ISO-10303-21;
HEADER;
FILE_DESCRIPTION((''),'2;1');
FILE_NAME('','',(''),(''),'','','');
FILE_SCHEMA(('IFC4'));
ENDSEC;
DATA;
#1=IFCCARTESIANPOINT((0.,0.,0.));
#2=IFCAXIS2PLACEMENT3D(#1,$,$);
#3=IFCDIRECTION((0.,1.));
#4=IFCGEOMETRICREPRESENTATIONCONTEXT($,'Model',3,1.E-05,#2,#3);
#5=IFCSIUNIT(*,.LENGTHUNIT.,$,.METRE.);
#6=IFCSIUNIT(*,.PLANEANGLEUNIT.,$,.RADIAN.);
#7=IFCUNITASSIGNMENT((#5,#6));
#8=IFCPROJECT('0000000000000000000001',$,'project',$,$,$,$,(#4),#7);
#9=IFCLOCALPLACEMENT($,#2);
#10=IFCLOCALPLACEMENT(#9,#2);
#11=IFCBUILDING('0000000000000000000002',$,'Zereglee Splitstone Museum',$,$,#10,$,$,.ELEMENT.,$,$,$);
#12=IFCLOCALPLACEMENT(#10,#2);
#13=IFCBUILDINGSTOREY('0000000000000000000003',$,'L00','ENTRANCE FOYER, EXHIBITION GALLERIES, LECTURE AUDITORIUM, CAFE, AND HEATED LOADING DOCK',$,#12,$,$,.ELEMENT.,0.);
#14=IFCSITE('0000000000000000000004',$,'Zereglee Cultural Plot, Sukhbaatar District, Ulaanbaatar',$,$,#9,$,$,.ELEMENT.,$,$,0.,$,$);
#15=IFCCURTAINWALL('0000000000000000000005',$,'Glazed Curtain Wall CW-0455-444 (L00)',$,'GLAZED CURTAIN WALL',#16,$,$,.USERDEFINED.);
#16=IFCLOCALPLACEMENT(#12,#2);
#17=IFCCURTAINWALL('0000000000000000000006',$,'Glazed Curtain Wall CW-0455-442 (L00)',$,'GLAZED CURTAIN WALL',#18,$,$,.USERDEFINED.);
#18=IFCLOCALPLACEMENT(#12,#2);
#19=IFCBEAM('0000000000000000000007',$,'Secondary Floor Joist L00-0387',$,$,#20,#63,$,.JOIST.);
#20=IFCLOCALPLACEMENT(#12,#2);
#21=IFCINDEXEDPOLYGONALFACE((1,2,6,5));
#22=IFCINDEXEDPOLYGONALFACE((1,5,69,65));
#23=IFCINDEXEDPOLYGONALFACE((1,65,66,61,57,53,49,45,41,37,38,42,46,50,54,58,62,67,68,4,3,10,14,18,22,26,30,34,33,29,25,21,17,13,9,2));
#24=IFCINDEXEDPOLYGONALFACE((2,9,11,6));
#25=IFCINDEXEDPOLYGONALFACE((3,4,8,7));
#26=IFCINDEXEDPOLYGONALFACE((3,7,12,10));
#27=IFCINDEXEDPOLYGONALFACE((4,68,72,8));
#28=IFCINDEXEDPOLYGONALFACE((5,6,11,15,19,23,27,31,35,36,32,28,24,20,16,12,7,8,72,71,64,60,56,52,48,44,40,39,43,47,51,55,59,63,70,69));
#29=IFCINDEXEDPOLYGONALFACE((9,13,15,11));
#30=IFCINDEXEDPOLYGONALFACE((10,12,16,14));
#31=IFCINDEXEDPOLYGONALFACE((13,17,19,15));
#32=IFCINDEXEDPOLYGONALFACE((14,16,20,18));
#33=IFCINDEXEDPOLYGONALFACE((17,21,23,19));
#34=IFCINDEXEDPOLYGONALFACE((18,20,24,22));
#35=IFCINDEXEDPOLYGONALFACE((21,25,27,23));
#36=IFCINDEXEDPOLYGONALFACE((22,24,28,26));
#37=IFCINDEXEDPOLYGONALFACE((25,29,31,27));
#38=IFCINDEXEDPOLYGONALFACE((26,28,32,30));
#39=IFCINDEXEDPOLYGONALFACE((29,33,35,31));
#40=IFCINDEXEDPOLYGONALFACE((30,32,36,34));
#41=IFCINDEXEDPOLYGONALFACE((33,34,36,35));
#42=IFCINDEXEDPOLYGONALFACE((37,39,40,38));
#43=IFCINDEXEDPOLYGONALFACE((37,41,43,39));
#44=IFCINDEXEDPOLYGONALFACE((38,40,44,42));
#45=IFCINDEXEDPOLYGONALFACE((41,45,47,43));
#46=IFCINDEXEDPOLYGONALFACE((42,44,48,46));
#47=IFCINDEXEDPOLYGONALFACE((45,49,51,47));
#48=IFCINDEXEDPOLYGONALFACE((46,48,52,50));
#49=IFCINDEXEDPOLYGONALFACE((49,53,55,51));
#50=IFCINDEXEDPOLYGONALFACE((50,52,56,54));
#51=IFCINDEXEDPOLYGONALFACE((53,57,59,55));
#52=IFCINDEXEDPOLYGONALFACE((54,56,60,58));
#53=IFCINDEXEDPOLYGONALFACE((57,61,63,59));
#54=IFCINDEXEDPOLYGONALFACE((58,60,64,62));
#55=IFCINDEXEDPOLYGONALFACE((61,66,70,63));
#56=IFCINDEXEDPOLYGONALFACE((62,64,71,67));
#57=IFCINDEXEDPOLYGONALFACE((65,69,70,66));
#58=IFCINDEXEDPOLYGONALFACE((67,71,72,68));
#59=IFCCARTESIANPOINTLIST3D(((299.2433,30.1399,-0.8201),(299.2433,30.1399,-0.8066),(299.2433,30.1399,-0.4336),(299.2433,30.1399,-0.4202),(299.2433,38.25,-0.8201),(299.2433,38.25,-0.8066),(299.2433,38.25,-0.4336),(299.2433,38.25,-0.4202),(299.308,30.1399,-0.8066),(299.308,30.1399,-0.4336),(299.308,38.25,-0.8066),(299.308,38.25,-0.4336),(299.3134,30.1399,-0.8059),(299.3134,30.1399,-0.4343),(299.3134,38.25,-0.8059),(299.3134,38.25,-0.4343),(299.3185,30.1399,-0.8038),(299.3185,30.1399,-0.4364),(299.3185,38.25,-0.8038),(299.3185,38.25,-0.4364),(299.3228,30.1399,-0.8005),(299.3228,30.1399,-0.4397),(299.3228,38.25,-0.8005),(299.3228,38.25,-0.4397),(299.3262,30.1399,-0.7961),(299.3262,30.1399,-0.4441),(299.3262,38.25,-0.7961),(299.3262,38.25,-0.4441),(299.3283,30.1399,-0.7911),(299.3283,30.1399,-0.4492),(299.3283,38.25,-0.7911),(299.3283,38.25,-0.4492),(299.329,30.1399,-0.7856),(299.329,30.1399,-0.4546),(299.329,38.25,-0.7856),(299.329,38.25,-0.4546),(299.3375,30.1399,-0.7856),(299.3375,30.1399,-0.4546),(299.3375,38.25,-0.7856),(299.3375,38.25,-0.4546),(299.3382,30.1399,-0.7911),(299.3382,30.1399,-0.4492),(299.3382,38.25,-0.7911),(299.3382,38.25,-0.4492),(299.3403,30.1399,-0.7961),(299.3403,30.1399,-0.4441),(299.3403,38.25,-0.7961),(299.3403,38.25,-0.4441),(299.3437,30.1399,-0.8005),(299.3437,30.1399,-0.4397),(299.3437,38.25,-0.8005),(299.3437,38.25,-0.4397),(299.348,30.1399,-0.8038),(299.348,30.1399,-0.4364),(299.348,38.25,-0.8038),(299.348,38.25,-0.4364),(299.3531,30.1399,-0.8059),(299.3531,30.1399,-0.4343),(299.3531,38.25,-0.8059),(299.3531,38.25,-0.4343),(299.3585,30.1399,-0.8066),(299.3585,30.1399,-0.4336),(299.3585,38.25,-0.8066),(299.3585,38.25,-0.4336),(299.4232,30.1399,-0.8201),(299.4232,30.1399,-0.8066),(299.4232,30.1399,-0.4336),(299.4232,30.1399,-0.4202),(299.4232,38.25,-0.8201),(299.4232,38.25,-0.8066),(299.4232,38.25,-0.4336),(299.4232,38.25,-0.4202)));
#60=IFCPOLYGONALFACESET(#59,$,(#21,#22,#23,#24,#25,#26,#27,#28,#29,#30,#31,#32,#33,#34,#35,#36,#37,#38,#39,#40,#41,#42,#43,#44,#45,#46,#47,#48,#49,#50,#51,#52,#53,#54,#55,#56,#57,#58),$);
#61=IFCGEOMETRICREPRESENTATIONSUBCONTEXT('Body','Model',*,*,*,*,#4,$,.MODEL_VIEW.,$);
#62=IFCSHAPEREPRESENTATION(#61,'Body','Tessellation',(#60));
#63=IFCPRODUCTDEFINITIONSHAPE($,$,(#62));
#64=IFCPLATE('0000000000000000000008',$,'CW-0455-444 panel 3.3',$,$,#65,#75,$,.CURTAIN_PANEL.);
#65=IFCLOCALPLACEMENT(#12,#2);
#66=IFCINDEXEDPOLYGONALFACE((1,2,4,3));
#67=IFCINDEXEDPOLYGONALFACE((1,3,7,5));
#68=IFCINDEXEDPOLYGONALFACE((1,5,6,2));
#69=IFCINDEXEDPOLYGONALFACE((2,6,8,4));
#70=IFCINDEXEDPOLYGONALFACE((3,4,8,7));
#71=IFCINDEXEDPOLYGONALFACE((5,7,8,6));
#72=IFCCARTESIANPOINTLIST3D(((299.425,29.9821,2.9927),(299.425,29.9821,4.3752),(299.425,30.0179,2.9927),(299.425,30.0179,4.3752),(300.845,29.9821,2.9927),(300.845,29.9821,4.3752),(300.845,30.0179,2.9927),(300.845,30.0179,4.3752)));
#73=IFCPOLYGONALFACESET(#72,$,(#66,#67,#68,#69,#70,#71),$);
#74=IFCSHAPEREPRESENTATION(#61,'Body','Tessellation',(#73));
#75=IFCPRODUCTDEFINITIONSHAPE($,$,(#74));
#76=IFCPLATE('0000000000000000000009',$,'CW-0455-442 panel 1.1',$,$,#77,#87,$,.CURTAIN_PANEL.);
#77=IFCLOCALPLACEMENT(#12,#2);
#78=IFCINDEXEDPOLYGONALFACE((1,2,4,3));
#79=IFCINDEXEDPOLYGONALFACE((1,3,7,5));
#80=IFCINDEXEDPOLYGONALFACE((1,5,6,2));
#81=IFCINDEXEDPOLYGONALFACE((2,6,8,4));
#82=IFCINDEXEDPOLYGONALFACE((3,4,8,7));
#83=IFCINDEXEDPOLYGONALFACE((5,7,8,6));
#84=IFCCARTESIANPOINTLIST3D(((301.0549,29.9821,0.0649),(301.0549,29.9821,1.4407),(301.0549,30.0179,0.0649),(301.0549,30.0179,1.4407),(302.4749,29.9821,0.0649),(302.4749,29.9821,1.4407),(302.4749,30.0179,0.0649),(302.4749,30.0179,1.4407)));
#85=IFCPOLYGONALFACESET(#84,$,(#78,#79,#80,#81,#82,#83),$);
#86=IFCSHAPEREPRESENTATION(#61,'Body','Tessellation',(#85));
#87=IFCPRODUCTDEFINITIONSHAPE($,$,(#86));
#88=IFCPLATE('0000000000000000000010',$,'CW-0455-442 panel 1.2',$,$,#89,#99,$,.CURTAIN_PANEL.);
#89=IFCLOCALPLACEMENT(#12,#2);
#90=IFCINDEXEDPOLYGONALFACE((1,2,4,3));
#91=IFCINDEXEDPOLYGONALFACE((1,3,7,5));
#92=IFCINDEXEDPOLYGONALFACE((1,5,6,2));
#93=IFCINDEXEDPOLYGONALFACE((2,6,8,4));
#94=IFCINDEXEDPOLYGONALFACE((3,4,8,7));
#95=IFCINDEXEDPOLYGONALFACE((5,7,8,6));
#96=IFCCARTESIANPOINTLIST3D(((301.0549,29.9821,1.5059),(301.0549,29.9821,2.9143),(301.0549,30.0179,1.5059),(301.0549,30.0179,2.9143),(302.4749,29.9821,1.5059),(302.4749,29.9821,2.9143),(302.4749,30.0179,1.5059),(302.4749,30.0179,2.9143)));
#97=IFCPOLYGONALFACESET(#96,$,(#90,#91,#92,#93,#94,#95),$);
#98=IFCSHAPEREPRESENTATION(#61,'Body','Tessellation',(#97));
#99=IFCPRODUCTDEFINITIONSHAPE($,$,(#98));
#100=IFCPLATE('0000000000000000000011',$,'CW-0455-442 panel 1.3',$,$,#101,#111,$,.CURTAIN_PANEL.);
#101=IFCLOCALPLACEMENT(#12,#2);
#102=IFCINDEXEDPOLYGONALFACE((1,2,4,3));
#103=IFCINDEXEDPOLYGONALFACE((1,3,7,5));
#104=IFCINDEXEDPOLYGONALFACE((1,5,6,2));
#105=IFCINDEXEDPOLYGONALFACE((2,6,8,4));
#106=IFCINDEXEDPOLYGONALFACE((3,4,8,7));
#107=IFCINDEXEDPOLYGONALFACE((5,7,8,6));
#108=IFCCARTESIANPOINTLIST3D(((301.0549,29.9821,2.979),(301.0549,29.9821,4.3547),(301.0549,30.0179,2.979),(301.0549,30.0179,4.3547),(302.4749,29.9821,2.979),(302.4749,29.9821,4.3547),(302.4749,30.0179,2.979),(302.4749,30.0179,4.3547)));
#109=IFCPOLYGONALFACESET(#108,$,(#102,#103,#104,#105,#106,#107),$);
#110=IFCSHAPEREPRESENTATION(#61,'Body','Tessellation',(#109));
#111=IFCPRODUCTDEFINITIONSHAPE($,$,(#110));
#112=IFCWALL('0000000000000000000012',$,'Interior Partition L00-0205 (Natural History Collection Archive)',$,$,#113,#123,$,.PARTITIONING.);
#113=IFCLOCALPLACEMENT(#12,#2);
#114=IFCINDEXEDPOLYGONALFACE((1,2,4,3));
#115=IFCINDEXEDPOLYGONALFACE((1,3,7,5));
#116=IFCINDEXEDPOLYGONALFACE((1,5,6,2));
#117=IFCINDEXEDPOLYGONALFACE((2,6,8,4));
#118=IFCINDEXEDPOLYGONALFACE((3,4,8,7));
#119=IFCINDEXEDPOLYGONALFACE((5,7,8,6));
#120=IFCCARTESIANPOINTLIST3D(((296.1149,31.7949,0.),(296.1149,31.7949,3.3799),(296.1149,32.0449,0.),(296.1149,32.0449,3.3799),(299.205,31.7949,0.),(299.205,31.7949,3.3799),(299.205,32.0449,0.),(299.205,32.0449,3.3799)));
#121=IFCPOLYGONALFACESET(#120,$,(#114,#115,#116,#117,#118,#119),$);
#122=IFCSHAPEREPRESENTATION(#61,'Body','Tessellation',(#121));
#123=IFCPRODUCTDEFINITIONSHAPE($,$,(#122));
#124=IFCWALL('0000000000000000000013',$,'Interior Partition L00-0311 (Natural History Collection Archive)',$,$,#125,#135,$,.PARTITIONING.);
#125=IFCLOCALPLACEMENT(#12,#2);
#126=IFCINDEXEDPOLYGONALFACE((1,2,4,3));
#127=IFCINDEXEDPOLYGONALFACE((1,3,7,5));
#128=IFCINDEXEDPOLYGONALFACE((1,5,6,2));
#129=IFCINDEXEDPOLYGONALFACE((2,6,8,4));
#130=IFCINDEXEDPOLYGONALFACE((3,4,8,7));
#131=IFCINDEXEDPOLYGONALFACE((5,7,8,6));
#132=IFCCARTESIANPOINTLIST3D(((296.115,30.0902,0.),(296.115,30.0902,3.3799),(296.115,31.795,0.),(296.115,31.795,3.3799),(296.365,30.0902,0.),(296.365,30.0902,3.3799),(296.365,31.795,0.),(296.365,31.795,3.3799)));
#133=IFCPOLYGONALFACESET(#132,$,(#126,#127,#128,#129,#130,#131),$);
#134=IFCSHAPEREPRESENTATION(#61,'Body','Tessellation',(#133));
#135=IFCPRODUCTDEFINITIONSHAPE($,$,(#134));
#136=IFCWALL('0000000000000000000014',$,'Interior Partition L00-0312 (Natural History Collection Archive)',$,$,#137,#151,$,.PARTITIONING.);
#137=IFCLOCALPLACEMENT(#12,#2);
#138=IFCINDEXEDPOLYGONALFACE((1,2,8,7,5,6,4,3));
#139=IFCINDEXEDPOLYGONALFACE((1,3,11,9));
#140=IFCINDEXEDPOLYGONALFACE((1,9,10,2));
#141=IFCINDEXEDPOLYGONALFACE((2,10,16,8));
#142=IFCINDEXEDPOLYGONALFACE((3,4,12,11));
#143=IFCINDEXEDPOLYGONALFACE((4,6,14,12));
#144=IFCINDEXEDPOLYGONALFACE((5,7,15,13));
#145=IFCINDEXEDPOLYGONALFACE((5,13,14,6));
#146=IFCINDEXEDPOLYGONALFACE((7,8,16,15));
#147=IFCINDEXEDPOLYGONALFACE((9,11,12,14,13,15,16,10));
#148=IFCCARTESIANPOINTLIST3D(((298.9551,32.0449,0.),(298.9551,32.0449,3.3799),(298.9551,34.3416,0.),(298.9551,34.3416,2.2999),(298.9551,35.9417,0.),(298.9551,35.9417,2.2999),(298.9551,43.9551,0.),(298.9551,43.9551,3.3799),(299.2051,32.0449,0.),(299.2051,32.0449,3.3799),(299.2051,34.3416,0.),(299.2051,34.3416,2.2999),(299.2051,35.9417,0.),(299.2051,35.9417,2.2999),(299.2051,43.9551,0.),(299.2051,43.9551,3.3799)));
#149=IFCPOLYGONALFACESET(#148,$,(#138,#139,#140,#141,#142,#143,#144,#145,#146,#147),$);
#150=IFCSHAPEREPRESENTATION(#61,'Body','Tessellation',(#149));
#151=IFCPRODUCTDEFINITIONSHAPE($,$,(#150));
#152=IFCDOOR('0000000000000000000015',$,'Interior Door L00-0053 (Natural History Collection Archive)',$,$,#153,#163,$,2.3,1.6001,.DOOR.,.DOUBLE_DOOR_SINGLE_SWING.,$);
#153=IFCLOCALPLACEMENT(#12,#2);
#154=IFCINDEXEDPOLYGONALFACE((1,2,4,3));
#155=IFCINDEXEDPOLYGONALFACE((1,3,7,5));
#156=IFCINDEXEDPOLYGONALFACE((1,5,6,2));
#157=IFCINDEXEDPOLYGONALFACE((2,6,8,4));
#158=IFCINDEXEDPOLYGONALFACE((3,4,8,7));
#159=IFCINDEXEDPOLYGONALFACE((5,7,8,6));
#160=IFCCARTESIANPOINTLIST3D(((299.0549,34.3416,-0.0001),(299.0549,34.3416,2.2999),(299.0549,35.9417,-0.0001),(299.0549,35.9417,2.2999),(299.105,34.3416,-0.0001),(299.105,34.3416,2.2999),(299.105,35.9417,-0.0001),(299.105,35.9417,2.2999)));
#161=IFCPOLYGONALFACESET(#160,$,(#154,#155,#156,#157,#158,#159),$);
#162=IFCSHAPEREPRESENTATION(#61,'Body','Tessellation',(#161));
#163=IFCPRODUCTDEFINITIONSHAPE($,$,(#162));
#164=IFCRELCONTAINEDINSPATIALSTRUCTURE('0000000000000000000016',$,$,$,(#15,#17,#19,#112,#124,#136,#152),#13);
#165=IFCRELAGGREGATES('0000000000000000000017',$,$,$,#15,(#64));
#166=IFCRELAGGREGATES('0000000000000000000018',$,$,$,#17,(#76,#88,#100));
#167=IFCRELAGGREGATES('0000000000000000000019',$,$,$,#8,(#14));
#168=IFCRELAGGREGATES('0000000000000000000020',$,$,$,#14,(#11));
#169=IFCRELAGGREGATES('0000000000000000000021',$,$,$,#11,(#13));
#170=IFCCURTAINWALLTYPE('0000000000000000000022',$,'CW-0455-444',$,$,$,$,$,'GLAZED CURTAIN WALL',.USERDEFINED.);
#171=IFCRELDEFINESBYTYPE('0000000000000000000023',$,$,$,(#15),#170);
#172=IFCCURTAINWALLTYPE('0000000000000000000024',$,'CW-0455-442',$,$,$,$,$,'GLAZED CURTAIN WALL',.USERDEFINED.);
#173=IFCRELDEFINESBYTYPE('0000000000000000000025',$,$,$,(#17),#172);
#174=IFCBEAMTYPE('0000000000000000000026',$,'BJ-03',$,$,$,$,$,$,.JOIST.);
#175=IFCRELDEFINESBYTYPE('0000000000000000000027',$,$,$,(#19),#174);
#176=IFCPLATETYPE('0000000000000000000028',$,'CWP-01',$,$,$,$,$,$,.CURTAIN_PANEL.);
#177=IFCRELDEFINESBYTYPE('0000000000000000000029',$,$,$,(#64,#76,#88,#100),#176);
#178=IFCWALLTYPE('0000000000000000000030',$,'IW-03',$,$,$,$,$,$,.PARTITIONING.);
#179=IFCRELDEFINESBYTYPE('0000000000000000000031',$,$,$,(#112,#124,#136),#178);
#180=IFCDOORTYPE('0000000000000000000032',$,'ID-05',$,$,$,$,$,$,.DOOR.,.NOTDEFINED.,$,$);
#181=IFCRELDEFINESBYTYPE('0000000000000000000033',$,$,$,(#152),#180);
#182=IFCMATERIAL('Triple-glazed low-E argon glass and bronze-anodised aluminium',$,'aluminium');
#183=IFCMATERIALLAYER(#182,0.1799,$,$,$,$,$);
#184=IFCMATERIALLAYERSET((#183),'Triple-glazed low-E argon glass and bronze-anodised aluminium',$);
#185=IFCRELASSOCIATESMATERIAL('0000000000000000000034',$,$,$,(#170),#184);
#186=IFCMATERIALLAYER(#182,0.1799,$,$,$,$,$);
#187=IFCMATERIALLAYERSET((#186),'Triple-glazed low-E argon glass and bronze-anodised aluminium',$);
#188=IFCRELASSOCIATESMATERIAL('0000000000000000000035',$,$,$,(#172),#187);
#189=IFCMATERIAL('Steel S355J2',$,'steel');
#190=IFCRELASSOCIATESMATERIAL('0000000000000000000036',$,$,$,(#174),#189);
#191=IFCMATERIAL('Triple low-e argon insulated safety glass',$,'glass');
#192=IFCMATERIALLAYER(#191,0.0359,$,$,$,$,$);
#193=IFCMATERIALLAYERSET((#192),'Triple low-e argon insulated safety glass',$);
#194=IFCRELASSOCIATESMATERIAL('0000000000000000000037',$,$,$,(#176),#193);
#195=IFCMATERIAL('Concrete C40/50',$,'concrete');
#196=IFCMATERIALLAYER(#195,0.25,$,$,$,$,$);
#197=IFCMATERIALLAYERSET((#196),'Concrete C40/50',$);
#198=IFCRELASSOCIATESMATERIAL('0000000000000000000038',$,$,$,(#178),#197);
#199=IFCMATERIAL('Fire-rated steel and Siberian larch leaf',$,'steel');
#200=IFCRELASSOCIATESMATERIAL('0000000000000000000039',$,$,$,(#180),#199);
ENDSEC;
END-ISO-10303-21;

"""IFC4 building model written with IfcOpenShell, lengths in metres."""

from ifc_helpers import new_model, si_unit, direction, frame, frame_2d, origin, origin_2d, place, context, subcontext, project, spatial, rectangle, i_section, extrude, material, layer, layer_set, material_profile, profile_set, type_object, element, fill, aggregate, save


model = new_model("IFC4")

# Units and contexts
model_context = context("Model", 3, precision=1e-05, world=origin(), true_north=direction((0.0, 1.0)))
body_context = subcontext(model_context, "Body", "Model", "MODEL_VIEW")
ifc_project = project(units=[si_unit("LENGTHUNIT", "METRE"), si_unit("PLANEANGLEUNIT", "RADIAN")], contexts=[model_context])

# Site, building, storey
site_placement = place(None, origin())
site = spatial("IfcSite", under=ifc_project, at=site_placement, Name="Zereglee Cultural Plot, Sukhbaatar District, Ulaanbaatar", CompositionType="ELEMENT", RefElevation=0.0)
building_placement = place(site_placement, origin())
building = spatial("IfcBuilding", under=site, at=building_placement, Name="Zereglee Splitstone Museum", CompositionType="ELEMENT")
storey_placement = place(building_placement, origin())
storey = spatial("IfcBuildingStorey", under=building, at=storey_placement, Name="L00", Description="ENTRANCE FOYER, EXHIBITION GALLERIES, LECTURE AUDITORIUM, CAFE, AND HEATED LOADING DOCK", CompositionType="ELEMENT", Elevation=0.0)

# Curtain wall
ifc_material_1 = material(Name="Triple-glazed low-E argon glass and bronze-anodised aluminium", Category="aluminium")
ifc_layer_1 = layer(ifc_material_1, 0.1799)
ifc_layer_set_1 = layer_set([ifc_layer_1], Name="Triple-glazed low-E argon glass and bronze-anodised aluminium")
curtain_wall_type_1 = type_object("IfcCurtainWallType", Name="CW-0455-444", ElementType="GLAZED CURTAIN WALL", PredefinedType="USERDEFINED", material=ifc_layer_set_1)
curtain_wall_1_placement = place(storey_placement, origin())
curtain_wall_1 = element("IfcCurtainWall", 1, at=curtain_wall_1_placement, inside=storey, type_object=curtain_wall_type_1, Name="Glazed Curtain Wall CW-0455-444 (L00)", ObjectType="GLAZED CURTAIN WALL", PredefinedType="USERDEFINED")

# Curtain wall
ifc_layer_2 = layer(ifc_material_1, 0.1799)
ifc_layer_set_2 = layer_set([ifc_layer_2], Name="Triple-glazed low-E argon glass and bronze-anodised aluminium")
curtain_wall_type_2 = type_object("IfcCurtainWallType", Name="CW-0455-442", ElementType="GLAZED CURTAIN WALL", PredefinedType="USERDEFINED", material=ifc_layer_set_2)
curtain_wall_2_placement = place(storey_placement, origin())
curtain_wall_2 = element("IfcCurtainWall", 2, at=curtain_wall_2_placement, inside=storey, type_object=curtain_wall_type_2, Name="Glazed Curtain Wall CW-0455-442 (L00)", ObjectType="GLAZED CURTAIN WALL", PredefinedType="USERDEFINED")

# Beam
ifc_material_2 = material(Name="Steel S355J2", Category="steel")
ifc_material_profile_1 = material_profile(ifc_material_2, i_section(OverallWidth=0.1799, OverallDepth=0.3999, WebThickness=0.0085, FlangeThickness=0.0134, FilletRadius=0.021, at=origin_2d()), Name="IPE 400")
ifc_profile_set_1 = profile_set([ifc_material_profile_1], Name="Steel S355J2")
beam_type_1 = type_object("IfcBeamType", Name="BJ-03", PredefinedType="JOIST", material=ifc_profile_set_1)
beam_1_placement = place(storey_placement, frame((299.3333, 30.1399, -0.6201), z_axis=(0.0, 1.0, 0.0), x_axis=(-1.0, 0.0, 0.0)))
element("IfcBeam", 3, at=beam_1_placement, inside=storey, type_object=beam_type_1, Name="Secondary Floor Joist L00-0387", PredefinedType="JOIST", context=body_context, shape_type="SweptSolid", body=[
    extrude(i_section(OverallWidth=0.1799, OverallDepth=0.3999, WebThickness=0.0085, FlangeThickness=0.0134, FilletRadius=0.021, at=origin_2d()), origin(), (0.0, 0.0, 1.0), 8.1101),
])

# Plates
ifc_material_3 = material(Name="Triple low-e argon insulated safety glass", Category="glass")
ifc_layer_3 = layer(ifc_material_3, 0.0359)
ifc_layer_set_3 = layer_set([ifc_layer_3], Name="Triple low-e argon insulated safety glass")
plate_type = type_object("IfcPlateType", Name="CWP-01", PredefinedType="CURTAIN_PANEL", material=ifc_layer_set_3)
plate_1_placement = place(storey_placement, frame((300.135, 30.0, 2.9927), z_axis=(0.0, 0.0, 1.0), x_axis=(1.0, 0.0, 0.0)))
plate_1 = element("IfcPlate", 4, at=plate_1_placement, type_object=plate_type, Name="CW-0455-444 panel 3.3", PredefinedType="CURTAIN_PANEL", context=body_context, shape_type="SweptSolid", body=[
    extrude(rectangle(XDim=1.4199, YDim=0.0359, at=origin_2d()), origin(), (0.0, 0.0, 1.0), 1.3826),
])
aggregate(curtain_wall_1, [plate_1])
plate_2_placement = place(storey_placement, frame((301.7649, 30.0, 0.0649), z_axis=(0.0, 0.0, 1.0), x_axis=(1.0, 0.0, 0.0)))
plate_2 = element("IfcPlate", 5, at=plate_2_placement, type_object=plate_type, Name="CW-0455-442 panel 1.1", PredefinedType="CURTAIN_PANEL", context=body_context, shape_type="SweptSolid", body=[
    extrude(rectangle(XDim=1.4199, YDim=0.0359, at=origin_2d()), origin(), (0.0, 0.0, 1.0), 1.3757),
])
plate_3_placement = place(storey_placement, frame((301.7649, 30.0, 1.5059), z_axis=(0.0, 0.0, 1.0), x_axis=(1.0, 0.0, 0.0)))
plate_3 = element("IfcPlate", 6, at=plate_3_placement, type_object=plate_type, Name="CW-0455-442 panel 1.2", PredefinedType="CURTAIN_PANEL", context=body_context, shape_type="SweptSolid", body=[
    extrude(rectangle(XDim=1.4199, YDim=0.0359, at=origin_2d()), origin(), (0.0, 0.0, 1.0), 1.4084),
])
plate_4_placement = place(storey_placement, frame((301.7649, 30.0, 2.979), z_axis=(0.0, 0.0, 1.0), x_axis=(1.0, 0.0, 0.0)))
plate_4 = element("IfcPlate", 7, at=plate_4_placement, type_object=plate_type, Name="CW-0455-442 panel 1.3", PredefinedType="CURTAIN_PANEL", context=body_context, shape_type="SweptSolid", body=[
    extrude(rectangle(XDim=1.4199, YDim=0.0359, at=origin_2d()), origin(), (0.0, 0.0, 1.0), 1.3757),
])
aggregate(curtain_wall_2, [plate_2, plate_3, plate_4])

# Walls
ifc_material_4 = material(Name="Concrete C40/50", Category="concrete")
ifc_layer_4 = layer(ifc_material_4, 0.25)
ifc_layer_set_4 = layer_set([ifc_layer_4], Name="Concrete C40/50")
wall_type = type_object("IfcWallType", Name="IW-03", PredefinedType="PARTITIONING", material=ifc_layer_set_4)
wall_1_placement = place(storey_placement, frame((296.115, 31.9199, 0.0), z_axis=(0.0, 0.0, 1.0), x_axis=(1.0, 0.0, 0.0)))
element("IfcWall", 8, at=wall_1_placement, inside=storey, type_object=wall_type, Name="Interior Partition L00-0205 (Natural History Collection Archive)", PredefinedType="PARTITIONING", context=body_context, shape_type="SweptSolid", body=[
    extrude(rectangle(XDim=3.0901, YDim=0.25, at=frame_2d((1.5449, 0.0))), origin(), (0.0, 0.0, 1.0), 3.3799),
])
wall_2_placement = place(storey_placement, frame((296.24, 30.0901, 0.0), z_axis=(0.0, 0.0, 1.0), x_axis=(0.0, 1.0, 0.0)))
element("IfcWall", 9, at=wall_2_placement, inside=storey, type_object=wall_type, Name="Interior Partition L00-0311 (Natural History Collection Archive)", PredefinedType="PARTITIONING", context=body_context, shape_type="SweptSolid", body=[
    extrude(rectangle(XDim=1.7048, YDim=0.25, at=frame_2d((0.8525, 0.0))), origin(), (0.0, 0.0, 1.0), 3.3799),
])

# Wall, opening, door
wall_3_placement = place(storey_placement, frame((299.0801, 32.0449, 0.0), z_axis=(0.0, 0.0, 1.0), x_axis=(0.0, 1.0, 0.0)))
wall_3 = element("IfcWall", 10, at=wall_3_placement, inside=storey, type_object=wall_type, Name="Interior Partition L00-0312 (Natural History Collection Archive)", PredefinedType="PARTITIONING", context=body_context, shape_type="SweptSolid", body=[
    extrude(rectangle(XDim=11.9102, YDim=0.25, at=frame_2d((5.9551, 0.0))), origin(), (0.0, 0.0, 1.0), 3.3799),
])
opening_placement = place(wall_3_placement, frame((2.2966, 0.0, 0.0)))
opening = element("IfcOpeningElement", 11, at=opening_placement, cuts=wall_3, PredefinedType="OPENING", context=body_context, shape_type="SweptSolid", body=[
    extrude(rectangle(XDim=1.6001, YDim=2.3, at=frame_2d((0.8, 1.1499))), frame((0.0, 0.1399, 0.0), z_axis=(0.0, -1.0, 0.0), x_axis=(1.0, 0.0, 0.0)), (0.0, 0.0, 1.0), 0.2798),
])
ifc_material_5 = material(Name="Fire-rated steel and Siberian larch leaf", Category="steel")
door_type = type_object("IfcDoorType", Name="ID-05", OperationType="NOTDEFINED", PredefinedType="DOOR", material=ifc_material_5)
door_placement = place(opening_placement, frame((1.6001, 0.0, 0.0), z_axis=(0.0, 0.0, 1.0), x_axis=(-1.0, 0.0, 0.0)))
door = element("IfcDoor", 12, at=door_placement, inside=storey, type_object=door_type, Name="Interior Door L00-0053 (Natural History Collection Archive)", OperationType="DOUBLE_DOOR_SINGLE_SWING", OverallHeight=2.3, OverallWidth=1.6001, PredefinedType="DOOR", context=body_context, shape_type="SweptSolid", body=[
    extrude(rectangle(XDim=1.6001, YDim=2.3, at=frame_2d((0.8, 1.1499))), frame((0.0, 0.0249, 0.0), z_axis=(0.0, -1.0, 0.0), x_axis=(1.0, 0.0, 0.0)), (0.0, 0.0, 1.0), 0.05),
])
fill(opening, door)

save(model, "model.ifc")
